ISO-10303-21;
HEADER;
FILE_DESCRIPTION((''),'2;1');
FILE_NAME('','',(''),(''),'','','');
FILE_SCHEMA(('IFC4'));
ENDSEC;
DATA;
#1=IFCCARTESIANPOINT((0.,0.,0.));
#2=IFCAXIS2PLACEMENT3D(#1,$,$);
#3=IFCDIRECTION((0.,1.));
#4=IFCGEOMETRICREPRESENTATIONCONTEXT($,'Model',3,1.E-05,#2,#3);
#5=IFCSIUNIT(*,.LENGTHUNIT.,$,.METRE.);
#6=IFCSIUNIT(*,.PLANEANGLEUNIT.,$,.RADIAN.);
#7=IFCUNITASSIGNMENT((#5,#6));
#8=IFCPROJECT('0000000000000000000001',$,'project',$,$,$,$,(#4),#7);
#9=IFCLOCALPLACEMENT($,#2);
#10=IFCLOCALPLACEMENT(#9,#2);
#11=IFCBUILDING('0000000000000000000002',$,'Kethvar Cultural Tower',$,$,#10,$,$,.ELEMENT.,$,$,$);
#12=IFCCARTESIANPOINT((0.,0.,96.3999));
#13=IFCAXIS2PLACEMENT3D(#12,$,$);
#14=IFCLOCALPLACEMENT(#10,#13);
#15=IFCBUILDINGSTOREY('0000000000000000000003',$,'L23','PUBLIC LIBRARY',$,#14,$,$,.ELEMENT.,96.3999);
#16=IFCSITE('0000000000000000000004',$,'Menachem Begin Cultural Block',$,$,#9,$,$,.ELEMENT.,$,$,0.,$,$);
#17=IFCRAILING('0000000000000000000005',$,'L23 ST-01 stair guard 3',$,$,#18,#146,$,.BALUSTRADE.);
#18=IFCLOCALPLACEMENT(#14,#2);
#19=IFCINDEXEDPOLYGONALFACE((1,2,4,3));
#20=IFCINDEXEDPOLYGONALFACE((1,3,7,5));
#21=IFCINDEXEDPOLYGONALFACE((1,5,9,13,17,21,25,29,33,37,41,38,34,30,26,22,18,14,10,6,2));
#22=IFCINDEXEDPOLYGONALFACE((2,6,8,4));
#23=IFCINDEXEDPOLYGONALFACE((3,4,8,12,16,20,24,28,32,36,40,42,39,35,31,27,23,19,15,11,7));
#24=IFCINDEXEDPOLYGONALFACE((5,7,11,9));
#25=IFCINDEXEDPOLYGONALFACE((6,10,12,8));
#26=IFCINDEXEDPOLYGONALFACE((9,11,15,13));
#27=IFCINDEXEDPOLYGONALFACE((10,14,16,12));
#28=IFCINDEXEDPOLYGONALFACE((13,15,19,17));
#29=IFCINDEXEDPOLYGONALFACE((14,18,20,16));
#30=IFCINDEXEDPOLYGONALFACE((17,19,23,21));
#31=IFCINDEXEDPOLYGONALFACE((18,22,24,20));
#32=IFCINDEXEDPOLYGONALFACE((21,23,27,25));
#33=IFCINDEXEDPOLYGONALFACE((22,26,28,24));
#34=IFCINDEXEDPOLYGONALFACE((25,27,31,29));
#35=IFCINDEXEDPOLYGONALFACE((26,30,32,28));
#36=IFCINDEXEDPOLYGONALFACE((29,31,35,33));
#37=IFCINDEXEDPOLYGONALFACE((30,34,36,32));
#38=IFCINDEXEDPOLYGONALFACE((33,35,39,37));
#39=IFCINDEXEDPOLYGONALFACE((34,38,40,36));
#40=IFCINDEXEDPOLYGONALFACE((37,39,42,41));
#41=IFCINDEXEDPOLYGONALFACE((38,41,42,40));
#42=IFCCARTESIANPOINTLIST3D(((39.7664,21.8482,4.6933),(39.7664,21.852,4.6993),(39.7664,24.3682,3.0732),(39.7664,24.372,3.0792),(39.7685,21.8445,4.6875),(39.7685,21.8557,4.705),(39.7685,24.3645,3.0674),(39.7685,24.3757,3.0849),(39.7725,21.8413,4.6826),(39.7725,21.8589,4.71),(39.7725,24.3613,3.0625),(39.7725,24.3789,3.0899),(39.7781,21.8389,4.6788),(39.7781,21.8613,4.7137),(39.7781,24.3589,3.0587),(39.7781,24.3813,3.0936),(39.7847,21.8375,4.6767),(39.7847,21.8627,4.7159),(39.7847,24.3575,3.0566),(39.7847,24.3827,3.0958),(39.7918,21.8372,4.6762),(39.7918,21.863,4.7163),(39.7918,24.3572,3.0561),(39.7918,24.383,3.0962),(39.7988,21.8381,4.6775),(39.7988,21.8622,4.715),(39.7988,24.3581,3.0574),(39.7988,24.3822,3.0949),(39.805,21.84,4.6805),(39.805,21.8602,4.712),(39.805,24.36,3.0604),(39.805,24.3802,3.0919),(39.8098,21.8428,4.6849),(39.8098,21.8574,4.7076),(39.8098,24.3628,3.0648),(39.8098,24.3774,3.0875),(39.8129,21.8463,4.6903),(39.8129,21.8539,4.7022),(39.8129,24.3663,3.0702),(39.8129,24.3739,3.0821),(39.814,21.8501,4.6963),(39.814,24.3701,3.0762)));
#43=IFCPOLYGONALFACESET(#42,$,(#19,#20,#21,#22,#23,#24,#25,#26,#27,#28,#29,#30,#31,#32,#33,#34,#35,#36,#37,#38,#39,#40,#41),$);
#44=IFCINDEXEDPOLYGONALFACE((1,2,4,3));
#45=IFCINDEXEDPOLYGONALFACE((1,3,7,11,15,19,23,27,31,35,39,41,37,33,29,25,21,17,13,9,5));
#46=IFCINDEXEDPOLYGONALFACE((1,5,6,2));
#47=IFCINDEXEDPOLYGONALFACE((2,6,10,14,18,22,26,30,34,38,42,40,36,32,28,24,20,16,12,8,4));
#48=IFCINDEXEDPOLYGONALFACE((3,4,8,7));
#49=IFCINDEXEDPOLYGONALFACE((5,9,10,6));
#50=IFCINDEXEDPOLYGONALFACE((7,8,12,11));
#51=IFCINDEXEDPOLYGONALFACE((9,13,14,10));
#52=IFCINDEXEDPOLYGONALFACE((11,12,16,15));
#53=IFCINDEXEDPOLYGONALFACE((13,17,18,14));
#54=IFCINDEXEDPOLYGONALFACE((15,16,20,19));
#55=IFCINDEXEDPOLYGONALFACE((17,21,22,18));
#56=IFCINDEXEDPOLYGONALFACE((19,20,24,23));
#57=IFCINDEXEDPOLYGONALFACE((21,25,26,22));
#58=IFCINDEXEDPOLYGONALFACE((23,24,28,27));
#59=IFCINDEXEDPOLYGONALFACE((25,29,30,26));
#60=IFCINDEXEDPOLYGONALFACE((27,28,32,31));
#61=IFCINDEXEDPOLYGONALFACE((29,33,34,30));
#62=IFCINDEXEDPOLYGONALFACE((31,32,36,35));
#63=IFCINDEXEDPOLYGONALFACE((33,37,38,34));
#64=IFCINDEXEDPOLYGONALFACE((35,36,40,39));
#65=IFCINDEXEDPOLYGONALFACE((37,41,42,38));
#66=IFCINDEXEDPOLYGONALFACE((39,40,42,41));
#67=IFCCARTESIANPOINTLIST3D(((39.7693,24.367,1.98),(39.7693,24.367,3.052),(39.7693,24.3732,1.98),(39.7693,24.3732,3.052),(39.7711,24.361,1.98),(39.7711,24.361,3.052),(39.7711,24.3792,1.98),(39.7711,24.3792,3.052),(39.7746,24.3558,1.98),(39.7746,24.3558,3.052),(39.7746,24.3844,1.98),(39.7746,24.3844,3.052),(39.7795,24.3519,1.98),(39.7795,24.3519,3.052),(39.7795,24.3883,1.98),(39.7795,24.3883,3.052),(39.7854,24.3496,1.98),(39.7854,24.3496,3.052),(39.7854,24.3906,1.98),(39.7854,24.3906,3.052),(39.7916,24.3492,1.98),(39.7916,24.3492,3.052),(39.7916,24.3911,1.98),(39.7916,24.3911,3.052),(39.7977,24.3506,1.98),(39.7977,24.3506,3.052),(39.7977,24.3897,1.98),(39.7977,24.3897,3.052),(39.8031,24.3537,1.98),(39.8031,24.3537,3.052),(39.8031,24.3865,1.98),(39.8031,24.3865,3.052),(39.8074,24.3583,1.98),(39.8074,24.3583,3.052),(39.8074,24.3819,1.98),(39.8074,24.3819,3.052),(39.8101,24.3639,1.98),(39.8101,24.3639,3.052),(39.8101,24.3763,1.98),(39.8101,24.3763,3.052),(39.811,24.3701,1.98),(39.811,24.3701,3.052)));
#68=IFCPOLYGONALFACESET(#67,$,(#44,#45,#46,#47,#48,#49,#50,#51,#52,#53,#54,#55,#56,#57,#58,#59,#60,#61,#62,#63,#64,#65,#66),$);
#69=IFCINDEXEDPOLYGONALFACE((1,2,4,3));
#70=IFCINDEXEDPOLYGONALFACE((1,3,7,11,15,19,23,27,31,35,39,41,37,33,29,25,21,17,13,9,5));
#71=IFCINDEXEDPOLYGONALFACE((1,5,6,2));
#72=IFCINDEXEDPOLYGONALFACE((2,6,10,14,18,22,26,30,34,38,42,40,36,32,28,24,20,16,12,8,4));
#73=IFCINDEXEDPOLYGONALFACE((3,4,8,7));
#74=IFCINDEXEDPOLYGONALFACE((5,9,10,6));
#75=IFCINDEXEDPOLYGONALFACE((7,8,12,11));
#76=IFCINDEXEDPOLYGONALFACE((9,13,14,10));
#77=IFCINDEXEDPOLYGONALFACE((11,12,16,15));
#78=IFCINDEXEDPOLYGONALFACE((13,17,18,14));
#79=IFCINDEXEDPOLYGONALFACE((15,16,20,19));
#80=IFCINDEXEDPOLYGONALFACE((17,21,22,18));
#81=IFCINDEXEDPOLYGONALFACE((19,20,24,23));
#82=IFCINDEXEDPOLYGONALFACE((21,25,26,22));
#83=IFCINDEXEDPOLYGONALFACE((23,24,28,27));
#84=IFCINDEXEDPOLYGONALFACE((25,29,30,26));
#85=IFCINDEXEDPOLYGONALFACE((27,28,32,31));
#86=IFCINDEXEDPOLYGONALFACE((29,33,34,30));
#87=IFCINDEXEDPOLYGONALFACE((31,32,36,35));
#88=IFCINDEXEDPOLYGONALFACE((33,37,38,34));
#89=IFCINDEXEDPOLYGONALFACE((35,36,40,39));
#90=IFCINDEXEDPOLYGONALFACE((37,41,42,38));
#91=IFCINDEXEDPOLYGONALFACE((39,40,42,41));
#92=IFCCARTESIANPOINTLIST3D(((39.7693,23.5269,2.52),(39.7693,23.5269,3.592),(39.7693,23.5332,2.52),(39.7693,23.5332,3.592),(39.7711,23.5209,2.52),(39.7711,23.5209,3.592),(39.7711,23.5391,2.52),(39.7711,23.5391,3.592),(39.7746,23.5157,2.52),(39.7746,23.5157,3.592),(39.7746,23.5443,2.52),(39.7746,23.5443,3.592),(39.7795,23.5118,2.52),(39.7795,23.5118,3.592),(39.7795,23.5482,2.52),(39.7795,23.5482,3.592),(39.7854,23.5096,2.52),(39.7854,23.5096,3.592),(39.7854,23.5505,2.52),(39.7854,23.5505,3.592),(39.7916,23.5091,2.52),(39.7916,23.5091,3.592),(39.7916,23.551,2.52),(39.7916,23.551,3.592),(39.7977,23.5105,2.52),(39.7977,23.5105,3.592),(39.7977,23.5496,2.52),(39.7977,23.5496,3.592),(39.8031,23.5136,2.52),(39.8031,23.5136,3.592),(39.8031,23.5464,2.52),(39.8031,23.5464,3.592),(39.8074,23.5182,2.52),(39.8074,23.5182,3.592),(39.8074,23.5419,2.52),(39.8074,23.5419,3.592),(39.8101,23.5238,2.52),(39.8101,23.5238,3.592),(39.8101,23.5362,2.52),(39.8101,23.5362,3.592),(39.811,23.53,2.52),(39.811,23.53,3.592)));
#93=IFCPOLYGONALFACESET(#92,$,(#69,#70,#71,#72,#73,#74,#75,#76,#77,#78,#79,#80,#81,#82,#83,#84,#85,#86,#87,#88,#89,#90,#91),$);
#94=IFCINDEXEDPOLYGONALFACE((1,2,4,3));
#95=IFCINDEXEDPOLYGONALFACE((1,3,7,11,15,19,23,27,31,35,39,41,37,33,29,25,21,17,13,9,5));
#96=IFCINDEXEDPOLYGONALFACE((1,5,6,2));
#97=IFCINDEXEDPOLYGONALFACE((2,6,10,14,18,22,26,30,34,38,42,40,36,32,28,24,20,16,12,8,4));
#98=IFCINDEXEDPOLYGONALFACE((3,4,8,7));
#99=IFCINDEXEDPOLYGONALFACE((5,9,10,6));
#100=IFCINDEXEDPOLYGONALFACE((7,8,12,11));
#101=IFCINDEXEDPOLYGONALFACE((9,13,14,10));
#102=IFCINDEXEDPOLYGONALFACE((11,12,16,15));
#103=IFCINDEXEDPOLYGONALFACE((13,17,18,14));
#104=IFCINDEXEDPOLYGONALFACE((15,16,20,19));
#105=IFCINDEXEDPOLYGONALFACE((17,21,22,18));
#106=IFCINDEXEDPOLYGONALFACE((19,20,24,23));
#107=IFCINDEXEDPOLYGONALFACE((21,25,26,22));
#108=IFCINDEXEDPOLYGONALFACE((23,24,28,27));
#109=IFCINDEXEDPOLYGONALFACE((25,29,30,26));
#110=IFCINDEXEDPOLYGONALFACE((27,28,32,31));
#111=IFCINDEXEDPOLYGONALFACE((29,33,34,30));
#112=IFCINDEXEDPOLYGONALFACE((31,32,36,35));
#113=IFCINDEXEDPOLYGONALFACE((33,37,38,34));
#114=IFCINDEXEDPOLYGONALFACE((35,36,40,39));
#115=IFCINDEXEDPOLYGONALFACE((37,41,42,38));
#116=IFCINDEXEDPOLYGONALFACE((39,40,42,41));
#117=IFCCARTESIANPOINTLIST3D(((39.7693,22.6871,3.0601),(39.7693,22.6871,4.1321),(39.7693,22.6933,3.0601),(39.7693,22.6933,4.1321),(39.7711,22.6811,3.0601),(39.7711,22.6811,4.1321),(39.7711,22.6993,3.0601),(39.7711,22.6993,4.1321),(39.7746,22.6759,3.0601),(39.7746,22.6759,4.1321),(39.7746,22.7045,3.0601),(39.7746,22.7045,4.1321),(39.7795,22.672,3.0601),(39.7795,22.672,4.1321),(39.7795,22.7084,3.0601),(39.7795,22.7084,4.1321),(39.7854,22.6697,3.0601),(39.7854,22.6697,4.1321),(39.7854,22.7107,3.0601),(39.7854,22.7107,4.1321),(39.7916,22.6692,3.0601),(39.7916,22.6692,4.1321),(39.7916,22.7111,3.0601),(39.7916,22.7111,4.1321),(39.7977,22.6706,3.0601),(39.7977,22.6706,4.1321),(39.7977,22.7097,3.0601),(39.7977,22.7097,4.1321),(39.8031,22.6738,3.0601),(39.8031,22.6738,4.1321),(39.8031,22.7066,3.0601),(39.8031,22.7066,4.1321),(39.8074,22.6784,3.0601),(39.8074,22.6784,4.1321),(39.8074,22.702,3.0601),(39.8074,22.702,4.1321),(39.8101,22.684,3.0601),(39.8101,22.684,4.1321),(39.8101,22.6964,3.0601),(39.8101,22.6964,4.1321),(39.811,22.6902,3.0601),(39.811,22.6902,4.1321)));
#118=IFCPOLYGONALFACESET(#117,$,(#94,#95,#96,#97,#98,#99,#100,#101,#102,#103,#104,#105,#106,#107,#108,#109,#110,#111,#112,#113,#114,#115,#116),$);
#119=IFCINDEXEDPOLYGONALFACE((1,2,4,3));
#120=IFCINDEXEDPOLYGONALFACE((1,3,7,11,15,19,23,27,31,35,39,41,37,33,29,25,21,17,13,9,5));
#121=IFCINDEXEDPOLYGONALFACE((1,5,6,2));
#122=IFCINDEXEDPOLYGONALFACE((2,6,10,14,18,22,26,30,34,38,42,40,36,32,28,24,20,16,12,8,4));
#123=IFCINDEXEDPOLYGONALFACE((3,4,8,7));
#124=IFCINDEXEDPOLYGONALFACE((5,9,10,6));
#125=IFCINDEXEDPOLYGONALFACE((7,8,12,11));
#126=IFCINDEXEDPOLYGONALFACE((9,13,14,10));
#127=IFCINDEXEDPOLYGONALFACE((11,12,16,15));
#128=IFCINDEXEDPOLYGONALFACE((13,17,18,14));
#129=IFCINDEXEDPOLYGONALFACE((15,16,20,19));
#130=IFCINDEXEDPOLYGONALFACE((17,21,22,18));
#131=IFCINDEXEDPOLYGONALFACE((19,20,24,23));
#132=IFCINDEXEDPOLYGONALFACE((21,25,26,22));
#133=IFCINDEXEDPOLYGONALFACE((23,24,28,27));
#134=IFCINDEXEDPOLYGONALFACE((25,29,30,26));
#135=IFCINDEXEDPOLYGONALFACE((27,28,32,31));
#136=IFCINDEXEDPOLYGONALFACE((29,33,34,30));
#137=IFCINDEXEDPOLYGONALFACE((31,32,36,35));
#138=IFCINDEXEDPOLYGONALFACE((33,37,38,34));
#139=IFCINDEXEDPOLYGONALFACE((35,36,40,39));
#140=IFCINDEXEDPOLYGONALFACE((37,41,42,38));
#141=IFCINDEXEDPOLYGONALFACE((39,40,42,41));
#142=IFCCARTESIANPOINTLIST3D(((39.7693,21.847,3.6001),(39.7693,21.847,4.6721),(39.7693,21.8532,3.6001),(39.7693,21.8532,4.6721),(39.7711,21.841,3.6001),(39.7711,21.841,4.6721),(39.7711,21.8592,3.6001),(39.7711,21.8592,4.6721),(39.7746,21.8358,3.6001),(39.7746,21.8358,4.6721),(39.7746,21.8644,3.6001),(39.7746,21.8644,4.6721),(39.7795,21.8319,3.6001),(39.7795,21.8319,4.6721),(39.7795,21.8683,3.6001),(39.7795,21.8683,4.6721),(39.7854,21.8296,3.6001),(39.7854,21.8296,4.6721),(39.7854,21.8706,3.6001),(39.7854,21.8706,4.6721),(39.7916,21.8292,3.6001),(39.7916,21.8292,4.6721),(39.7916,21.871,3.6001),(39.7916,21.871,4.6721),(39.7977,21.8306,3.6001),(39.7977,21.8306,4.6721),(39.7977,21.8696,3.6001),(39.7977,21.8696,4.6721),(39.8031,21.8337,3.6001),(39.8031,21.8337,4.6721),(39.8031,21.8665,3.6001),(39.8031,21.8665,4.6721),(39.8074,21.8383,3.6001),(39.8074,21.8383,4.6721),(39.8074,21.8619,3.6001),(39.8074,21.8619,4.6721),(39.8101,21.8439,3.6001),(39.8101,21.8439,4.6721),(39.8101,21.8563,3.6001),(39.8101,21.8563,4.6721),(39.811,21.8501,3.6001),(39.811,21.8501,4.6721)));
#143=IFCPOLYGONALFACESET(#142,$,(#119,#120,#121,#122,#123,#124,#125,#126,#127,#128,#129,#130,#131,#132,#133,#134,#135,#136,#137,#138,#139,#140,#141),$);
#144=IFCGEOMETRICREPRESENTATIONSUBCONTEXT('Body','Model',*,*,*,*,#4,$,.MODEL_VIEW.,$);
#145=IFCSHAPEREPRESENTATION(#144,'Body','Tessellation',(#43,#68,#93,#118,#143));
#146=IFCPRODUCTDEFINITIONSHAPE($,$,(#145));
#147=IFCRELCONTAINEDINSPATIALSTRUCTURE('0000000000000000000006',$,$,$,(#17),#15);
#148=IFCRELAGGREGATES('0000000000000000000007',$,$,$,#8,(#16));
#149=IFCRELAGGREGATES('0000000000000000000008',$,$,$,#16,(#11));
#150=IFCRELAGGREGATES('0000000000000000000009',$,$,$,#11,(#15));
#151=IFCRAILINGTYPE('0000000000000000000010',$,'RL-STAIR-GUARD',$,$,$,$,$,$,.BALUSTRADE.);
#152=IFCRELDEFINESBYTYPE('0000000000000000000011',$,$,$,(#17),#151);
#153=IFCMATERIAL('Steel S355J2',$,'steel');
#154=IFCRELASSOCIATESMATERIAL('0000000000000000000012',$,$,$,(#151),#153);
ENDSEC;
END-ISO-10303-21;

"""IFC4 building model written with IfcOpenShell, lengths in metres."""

from ifc_helpers import new_model, si_unit, direction, frame, origin, origin_2d, place, context, subcontext, project, spatial, circle, extrude, material, type_object, element, save


model = new_model("IFC4")

# Units and contexts
model_context = context("Model", 3, precision=1e-05, world=origin(), true_north=direction((0.0, 1.0)))
body_context = subcontext(model_context, "Body", "Model", "MODEL_VIEW")
ifc_project = project(units=[si_unit("LENGTHUNIT", "METRE"), si_unit("PLANEANGLEUNIT", "RADIAN")], contexts=[model_context])

# Site, building, storey
site_placement = place(None, origin())
site = spatial("IfcSite", under=ifc_project, at=site_placement, Name="Menachem Begin Cultural Block", CompositionType="ELEMENT", RefElevation=0.0)
building_placement = place(site_placement, origin())
building = spatial("IfcBuilding", under=site, at=building_placement, Name="Kethvar Cultural Tower", CompositionType="ELEMENT")
storey_placement = place(building_placement, frame((0.0, 0.0, 96.3999)))
storey = spatial("IfcBuildingStorey", under=building, at=storey_placement, Name="L23", Description="PUBLIC LIBRARY", CompositionType="ELEMENT", Elevation=96.3999)

# Shared definitions
ifc_material_1 = material(Name="Steel S355J2", Category="steel")

# Railing
railing_type_1 = type_object("IfcRailingType", Name="RL-STAIR-GUARD", PredefinedType="BALUSTRADE", material=ifc_material_1)
railing_1_placement = place(storey_placement, frame((39.79, 24.3701, 1.98)))
element("IfcRailing", 1, at=railing_1_placement, inside=storey, type_object=railing_type_1, Name="L23 ST-01 stair guard 3", PredefinedType="BALUSTRADE", context=body_context, shape_type="SweptSolid", body=[
    extrude(circle(Radius=0.0239, at=origin_2d()), frame((0.0, 0.0, 1.0962), z_axis=(0.0, -0.841163, 0.540782), x_axis=(1.0, 0.0, 0.0)), (0.0, 0.0, 1.0), 2.9958),
    extrude(circle(Radius=0.021, at=origin_2d()), origin(), (0.0, 0.0, 1.0), 1.072),
    extrude(circle(Radius=0.021, at=origin_2d()), frame((0.0, -0.8401, 0.54)), (0.0, 0.0, 1.0), 1.072),
    extrude(circle(Radius=0.021, at=origin_2d()), frame((0.0, -1.6799, 1.0801)), (0.0, 0.0, 1.0), 1.072),
    extrude(circle(Radius=0.021, at=origin_2d()), frame((0.0, -2.52, 1.6201)), (0.0, 0.0, 1.0), 1.072),
])

save(model, "model.ifc")
